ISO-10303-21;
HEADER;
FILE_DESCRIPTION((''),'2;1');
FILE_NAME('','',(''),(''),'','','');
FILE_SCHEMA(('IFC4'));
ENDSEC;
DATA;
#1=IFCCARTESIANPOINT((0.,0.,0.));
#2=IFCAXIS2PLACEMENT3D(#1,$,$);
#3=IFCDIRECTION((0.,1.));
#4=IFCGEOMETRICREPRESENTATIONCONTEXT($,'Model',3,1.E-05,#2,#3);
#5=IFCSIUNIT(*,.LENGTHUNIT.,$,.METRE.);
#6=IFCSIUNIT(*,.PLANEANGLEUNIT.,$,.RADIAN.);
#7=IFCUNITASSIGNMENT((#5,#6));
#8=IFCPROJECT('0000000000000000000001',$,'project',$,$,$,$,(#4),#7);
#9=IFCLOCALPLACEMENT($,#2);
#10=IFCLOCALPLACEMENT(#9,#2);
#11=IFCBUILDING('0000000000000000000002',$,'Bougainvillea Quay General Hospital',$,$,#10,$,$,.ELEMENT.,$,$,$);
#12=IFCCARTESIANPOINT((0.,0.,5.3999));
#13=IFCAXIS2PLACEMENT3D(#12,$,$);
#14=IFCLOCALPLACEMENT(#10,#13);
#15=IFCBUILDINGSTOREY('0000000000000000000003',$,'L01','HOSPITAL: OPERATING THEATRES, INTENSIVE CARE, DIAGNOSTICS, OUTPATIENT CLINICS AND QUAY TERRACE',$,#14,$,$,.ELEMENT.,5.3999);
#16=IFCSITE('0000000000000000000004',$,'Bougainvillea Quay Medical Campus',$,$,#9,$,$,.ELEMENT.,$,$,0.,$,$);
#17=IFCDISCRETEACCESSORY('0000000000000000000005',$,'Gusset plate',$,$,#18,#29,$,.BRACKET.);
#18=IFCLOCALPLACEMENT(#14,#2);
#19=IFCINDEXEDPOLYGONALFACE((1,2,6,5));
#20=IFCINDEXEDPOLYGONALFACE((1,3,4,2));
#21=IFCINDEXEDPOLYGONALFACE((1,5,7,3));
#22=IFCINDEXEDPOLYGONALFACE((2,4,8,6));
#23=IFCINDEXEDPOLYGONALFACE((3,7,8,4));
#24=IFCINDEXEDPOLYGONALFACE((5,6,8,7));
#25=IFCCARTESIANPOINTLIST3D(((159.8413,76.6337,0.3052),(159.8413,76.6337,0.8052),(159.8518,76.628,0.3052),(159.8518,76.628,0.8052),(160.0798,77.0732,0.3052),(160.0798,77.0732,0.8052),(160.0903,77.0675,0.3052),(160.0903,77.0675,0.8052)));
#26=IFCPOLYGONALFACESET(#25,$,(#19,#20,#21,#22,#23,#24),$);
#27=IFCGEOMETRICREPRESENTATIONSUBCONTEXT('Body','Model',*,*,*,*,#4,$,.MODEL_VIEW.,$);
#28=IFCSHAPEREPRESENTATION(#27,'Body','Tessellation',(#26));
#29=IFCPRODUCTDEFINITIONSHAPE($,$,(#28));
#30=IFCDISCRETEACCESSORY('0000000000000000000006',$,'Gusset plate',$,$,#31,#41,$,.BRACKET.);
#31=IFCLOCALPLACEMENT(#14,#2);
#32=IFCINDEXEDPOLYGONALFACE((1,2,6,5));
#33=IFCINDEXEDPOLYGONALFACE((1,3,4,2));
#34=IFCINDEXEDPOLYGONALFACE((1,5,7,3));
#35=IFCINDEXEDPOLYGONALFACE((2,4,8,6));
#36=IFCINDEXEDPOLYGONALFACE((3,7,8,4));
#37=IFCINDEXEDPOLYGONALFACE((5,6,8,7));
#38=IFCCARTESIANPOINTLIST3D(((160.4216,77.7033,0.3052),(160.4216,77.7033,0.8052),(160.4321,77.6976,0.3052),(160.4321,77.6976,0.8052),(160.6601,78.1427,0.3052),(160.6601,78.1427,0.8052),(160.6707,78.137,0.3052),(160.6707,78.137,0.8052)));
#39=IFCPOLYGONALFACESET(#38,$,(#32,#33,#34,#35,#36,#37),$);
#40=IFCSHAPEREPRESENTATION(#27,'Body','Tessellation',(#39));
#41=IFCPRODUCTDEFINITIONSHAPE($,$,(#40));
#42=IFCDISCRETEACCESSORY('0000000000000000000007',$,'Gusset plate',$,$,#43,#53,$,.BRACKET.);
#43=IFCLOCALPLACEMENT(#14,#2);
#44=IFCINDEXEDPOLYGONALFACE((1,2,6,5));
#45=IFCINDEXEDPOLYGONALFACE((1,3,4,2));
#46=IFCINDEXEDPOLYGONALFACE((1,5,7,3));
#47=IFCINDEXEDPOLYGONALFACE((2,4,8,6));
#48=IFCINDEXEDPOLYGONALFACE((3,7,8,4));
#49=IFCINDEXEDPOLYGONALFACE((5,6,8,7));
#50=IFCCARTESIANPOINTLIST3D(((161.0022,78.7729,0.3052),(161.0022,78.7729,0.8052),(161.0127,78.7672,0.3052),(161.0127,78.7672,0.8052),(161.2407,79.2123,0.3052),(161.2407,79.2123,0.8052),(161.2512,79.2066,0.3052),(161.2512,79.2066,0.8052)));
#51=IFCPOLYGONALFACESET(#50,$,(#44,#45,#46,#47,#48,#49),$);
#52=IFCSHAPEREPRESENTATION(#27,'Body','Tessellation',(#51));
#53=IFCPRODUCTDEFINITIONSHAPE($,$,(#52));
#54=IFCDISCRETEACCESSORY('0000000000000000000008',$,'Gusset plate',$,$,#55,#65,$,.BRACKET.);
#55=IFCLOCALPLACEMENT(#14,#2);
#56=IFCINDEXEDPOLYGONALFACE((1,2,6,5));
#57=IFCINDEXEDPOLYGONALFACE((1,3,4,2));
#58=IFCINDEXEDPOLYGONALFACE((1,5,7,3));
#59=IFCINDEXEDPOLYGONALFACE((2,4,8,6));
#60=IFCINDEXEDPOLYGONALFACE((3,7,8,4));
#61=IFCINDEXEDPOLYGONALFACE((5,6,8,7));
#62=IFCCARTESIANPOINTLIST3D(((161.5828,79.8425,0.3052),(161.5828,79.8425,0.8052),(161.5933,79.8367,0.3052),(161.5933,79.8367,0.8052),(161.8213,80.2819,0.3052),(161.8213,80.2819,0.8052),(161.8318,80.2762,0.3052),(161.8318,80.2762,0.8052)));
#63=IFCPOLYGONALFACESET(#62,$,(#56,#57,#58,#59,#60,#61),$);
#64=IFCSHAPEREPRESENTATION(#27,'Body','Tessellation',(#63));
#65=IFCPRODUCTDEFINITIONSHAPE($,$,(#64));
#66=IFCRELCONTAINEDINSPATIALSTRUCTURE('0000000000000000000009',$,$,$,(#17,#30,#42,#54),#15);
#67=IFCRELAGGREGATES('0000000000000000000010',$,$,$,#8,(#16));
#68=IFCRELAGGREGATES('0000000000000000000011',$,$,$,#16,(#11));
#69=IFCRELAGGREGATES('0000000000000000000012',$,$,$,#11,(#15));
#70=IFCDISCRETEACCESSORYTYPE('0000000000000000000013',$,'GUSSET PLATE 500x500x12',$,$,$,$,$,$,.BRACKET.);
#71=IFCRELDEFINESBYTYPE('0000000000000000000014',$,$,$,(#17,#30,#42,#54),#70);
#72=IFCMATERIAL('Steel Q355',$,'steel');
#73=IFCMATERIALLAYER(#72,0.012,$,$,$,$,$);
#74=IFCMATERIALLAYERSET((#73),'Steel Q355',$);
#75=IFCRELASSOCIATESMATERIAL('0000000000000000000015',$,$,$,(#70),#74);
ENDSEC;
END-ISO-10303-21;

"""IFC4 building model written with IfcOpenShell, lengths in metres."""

from ifc_helpers import new_model, si_unit, direction, frame, origin, origin_2d, place, context, subcontext, project, spatial, rectangle, extrude, material, layer, layer_set, type_object, element, save


model = new_model("IFC4")

# Units and contexts
model_context = context("Model", 3, precision=1e-05, world=origin(), true_north=direction((0.0, 1.0)))
body_context = subcontext(model_context, "Body", "Model", "MODEL_VIEW")
ifc_project = project(units=[si_unit("LENGTHUNIT", "METRE"), si_unit("PLANEANGLEUNIT", "RADIAN")], contexts=[model_context])

# Site, building, storey
site_placement = place(None, origin())
site = spatial("IfcSite", under=ifc_project, at=site_placement, Name="Bougainvillea Quay Medical Campus", CompositionType="ELEMENT", RefElevation=0.0)
building_placement = place(site_placement, origin())
building = spatial("IfcBuilding", under=site, at=building_placement, Name="Bougainvillea Quay General Hospital", CompositionType="ELEMENT")
storey_placement = place(building_placement, frame((0.0, 0.0, 5.3999)))
storey = spatial("IfcBuildingStorey", under=building, at=storey_placement, Name="L01", Description="HOSPITAL: OPERATING THEATRES, INTENSIVE CARE, DIAGNOSTICS, OUTPATIENT CLINICS AND QUAY TERRACE", CompositionType="ELEMENT", Elevation=5.3999)

# Shared definitions
ifc_material_1 = material(Name="Steel Q355", Category="steel")

# Discrete accessories
ifc_layer_1 = layer(ifc_material_1, 0.012)
ifc_layer_set_1 = layer_set([ifc_layer_1], Name="Steel Q355")
discrete_accessory_type = type_object("IfcDiscreteAccessoryType", Name="GUSSET PLATE 500x500x12", PredefinedType="BRACKET", material=ifc_layer_set_1)
for number, where, z_axis, x_axis, name in (
    (1, (159.9658, 76.8506, 0.3052), (0.0, 0.0, 1.0), (0.477018, 0.878894, 0.0), "Gusset plate"),
    (2, (160.5461, 77.9202, 0.3052), (0.0, 0.0, 1.0), (0.477018, 0.878894, 0.0), "Gusset plate"),
    (3, (161.1267, 78.9897, 0.3052), (0.0, 0.0, 1.0), (0.477018, 0.878894, 0.0), "Gusset plate"),
    (4, (161.7073, 80.0593, 0.3052), (0.0, 0.0, 1.0), (0.477018, 0.878894, 0.0), "Gusset plate"),
):
    element("IfcDiscreteAccessory", number, at=place(storey_placement, frame(where, z_axis=z_axis, x_axis=x_axis)), inside=storey, type_object=discrete_accessory_type, Name=name, PredefinedType="BRACKET", context=body_context, shape_type="SweptSolid", body=[
        extrude(rectangle(XDim=0.5, YDim=0.012, at=origin_2d()), origin(), (0.0, 0.0, 1.0), 0.5),
    ])

save(model, "model.ifc")
